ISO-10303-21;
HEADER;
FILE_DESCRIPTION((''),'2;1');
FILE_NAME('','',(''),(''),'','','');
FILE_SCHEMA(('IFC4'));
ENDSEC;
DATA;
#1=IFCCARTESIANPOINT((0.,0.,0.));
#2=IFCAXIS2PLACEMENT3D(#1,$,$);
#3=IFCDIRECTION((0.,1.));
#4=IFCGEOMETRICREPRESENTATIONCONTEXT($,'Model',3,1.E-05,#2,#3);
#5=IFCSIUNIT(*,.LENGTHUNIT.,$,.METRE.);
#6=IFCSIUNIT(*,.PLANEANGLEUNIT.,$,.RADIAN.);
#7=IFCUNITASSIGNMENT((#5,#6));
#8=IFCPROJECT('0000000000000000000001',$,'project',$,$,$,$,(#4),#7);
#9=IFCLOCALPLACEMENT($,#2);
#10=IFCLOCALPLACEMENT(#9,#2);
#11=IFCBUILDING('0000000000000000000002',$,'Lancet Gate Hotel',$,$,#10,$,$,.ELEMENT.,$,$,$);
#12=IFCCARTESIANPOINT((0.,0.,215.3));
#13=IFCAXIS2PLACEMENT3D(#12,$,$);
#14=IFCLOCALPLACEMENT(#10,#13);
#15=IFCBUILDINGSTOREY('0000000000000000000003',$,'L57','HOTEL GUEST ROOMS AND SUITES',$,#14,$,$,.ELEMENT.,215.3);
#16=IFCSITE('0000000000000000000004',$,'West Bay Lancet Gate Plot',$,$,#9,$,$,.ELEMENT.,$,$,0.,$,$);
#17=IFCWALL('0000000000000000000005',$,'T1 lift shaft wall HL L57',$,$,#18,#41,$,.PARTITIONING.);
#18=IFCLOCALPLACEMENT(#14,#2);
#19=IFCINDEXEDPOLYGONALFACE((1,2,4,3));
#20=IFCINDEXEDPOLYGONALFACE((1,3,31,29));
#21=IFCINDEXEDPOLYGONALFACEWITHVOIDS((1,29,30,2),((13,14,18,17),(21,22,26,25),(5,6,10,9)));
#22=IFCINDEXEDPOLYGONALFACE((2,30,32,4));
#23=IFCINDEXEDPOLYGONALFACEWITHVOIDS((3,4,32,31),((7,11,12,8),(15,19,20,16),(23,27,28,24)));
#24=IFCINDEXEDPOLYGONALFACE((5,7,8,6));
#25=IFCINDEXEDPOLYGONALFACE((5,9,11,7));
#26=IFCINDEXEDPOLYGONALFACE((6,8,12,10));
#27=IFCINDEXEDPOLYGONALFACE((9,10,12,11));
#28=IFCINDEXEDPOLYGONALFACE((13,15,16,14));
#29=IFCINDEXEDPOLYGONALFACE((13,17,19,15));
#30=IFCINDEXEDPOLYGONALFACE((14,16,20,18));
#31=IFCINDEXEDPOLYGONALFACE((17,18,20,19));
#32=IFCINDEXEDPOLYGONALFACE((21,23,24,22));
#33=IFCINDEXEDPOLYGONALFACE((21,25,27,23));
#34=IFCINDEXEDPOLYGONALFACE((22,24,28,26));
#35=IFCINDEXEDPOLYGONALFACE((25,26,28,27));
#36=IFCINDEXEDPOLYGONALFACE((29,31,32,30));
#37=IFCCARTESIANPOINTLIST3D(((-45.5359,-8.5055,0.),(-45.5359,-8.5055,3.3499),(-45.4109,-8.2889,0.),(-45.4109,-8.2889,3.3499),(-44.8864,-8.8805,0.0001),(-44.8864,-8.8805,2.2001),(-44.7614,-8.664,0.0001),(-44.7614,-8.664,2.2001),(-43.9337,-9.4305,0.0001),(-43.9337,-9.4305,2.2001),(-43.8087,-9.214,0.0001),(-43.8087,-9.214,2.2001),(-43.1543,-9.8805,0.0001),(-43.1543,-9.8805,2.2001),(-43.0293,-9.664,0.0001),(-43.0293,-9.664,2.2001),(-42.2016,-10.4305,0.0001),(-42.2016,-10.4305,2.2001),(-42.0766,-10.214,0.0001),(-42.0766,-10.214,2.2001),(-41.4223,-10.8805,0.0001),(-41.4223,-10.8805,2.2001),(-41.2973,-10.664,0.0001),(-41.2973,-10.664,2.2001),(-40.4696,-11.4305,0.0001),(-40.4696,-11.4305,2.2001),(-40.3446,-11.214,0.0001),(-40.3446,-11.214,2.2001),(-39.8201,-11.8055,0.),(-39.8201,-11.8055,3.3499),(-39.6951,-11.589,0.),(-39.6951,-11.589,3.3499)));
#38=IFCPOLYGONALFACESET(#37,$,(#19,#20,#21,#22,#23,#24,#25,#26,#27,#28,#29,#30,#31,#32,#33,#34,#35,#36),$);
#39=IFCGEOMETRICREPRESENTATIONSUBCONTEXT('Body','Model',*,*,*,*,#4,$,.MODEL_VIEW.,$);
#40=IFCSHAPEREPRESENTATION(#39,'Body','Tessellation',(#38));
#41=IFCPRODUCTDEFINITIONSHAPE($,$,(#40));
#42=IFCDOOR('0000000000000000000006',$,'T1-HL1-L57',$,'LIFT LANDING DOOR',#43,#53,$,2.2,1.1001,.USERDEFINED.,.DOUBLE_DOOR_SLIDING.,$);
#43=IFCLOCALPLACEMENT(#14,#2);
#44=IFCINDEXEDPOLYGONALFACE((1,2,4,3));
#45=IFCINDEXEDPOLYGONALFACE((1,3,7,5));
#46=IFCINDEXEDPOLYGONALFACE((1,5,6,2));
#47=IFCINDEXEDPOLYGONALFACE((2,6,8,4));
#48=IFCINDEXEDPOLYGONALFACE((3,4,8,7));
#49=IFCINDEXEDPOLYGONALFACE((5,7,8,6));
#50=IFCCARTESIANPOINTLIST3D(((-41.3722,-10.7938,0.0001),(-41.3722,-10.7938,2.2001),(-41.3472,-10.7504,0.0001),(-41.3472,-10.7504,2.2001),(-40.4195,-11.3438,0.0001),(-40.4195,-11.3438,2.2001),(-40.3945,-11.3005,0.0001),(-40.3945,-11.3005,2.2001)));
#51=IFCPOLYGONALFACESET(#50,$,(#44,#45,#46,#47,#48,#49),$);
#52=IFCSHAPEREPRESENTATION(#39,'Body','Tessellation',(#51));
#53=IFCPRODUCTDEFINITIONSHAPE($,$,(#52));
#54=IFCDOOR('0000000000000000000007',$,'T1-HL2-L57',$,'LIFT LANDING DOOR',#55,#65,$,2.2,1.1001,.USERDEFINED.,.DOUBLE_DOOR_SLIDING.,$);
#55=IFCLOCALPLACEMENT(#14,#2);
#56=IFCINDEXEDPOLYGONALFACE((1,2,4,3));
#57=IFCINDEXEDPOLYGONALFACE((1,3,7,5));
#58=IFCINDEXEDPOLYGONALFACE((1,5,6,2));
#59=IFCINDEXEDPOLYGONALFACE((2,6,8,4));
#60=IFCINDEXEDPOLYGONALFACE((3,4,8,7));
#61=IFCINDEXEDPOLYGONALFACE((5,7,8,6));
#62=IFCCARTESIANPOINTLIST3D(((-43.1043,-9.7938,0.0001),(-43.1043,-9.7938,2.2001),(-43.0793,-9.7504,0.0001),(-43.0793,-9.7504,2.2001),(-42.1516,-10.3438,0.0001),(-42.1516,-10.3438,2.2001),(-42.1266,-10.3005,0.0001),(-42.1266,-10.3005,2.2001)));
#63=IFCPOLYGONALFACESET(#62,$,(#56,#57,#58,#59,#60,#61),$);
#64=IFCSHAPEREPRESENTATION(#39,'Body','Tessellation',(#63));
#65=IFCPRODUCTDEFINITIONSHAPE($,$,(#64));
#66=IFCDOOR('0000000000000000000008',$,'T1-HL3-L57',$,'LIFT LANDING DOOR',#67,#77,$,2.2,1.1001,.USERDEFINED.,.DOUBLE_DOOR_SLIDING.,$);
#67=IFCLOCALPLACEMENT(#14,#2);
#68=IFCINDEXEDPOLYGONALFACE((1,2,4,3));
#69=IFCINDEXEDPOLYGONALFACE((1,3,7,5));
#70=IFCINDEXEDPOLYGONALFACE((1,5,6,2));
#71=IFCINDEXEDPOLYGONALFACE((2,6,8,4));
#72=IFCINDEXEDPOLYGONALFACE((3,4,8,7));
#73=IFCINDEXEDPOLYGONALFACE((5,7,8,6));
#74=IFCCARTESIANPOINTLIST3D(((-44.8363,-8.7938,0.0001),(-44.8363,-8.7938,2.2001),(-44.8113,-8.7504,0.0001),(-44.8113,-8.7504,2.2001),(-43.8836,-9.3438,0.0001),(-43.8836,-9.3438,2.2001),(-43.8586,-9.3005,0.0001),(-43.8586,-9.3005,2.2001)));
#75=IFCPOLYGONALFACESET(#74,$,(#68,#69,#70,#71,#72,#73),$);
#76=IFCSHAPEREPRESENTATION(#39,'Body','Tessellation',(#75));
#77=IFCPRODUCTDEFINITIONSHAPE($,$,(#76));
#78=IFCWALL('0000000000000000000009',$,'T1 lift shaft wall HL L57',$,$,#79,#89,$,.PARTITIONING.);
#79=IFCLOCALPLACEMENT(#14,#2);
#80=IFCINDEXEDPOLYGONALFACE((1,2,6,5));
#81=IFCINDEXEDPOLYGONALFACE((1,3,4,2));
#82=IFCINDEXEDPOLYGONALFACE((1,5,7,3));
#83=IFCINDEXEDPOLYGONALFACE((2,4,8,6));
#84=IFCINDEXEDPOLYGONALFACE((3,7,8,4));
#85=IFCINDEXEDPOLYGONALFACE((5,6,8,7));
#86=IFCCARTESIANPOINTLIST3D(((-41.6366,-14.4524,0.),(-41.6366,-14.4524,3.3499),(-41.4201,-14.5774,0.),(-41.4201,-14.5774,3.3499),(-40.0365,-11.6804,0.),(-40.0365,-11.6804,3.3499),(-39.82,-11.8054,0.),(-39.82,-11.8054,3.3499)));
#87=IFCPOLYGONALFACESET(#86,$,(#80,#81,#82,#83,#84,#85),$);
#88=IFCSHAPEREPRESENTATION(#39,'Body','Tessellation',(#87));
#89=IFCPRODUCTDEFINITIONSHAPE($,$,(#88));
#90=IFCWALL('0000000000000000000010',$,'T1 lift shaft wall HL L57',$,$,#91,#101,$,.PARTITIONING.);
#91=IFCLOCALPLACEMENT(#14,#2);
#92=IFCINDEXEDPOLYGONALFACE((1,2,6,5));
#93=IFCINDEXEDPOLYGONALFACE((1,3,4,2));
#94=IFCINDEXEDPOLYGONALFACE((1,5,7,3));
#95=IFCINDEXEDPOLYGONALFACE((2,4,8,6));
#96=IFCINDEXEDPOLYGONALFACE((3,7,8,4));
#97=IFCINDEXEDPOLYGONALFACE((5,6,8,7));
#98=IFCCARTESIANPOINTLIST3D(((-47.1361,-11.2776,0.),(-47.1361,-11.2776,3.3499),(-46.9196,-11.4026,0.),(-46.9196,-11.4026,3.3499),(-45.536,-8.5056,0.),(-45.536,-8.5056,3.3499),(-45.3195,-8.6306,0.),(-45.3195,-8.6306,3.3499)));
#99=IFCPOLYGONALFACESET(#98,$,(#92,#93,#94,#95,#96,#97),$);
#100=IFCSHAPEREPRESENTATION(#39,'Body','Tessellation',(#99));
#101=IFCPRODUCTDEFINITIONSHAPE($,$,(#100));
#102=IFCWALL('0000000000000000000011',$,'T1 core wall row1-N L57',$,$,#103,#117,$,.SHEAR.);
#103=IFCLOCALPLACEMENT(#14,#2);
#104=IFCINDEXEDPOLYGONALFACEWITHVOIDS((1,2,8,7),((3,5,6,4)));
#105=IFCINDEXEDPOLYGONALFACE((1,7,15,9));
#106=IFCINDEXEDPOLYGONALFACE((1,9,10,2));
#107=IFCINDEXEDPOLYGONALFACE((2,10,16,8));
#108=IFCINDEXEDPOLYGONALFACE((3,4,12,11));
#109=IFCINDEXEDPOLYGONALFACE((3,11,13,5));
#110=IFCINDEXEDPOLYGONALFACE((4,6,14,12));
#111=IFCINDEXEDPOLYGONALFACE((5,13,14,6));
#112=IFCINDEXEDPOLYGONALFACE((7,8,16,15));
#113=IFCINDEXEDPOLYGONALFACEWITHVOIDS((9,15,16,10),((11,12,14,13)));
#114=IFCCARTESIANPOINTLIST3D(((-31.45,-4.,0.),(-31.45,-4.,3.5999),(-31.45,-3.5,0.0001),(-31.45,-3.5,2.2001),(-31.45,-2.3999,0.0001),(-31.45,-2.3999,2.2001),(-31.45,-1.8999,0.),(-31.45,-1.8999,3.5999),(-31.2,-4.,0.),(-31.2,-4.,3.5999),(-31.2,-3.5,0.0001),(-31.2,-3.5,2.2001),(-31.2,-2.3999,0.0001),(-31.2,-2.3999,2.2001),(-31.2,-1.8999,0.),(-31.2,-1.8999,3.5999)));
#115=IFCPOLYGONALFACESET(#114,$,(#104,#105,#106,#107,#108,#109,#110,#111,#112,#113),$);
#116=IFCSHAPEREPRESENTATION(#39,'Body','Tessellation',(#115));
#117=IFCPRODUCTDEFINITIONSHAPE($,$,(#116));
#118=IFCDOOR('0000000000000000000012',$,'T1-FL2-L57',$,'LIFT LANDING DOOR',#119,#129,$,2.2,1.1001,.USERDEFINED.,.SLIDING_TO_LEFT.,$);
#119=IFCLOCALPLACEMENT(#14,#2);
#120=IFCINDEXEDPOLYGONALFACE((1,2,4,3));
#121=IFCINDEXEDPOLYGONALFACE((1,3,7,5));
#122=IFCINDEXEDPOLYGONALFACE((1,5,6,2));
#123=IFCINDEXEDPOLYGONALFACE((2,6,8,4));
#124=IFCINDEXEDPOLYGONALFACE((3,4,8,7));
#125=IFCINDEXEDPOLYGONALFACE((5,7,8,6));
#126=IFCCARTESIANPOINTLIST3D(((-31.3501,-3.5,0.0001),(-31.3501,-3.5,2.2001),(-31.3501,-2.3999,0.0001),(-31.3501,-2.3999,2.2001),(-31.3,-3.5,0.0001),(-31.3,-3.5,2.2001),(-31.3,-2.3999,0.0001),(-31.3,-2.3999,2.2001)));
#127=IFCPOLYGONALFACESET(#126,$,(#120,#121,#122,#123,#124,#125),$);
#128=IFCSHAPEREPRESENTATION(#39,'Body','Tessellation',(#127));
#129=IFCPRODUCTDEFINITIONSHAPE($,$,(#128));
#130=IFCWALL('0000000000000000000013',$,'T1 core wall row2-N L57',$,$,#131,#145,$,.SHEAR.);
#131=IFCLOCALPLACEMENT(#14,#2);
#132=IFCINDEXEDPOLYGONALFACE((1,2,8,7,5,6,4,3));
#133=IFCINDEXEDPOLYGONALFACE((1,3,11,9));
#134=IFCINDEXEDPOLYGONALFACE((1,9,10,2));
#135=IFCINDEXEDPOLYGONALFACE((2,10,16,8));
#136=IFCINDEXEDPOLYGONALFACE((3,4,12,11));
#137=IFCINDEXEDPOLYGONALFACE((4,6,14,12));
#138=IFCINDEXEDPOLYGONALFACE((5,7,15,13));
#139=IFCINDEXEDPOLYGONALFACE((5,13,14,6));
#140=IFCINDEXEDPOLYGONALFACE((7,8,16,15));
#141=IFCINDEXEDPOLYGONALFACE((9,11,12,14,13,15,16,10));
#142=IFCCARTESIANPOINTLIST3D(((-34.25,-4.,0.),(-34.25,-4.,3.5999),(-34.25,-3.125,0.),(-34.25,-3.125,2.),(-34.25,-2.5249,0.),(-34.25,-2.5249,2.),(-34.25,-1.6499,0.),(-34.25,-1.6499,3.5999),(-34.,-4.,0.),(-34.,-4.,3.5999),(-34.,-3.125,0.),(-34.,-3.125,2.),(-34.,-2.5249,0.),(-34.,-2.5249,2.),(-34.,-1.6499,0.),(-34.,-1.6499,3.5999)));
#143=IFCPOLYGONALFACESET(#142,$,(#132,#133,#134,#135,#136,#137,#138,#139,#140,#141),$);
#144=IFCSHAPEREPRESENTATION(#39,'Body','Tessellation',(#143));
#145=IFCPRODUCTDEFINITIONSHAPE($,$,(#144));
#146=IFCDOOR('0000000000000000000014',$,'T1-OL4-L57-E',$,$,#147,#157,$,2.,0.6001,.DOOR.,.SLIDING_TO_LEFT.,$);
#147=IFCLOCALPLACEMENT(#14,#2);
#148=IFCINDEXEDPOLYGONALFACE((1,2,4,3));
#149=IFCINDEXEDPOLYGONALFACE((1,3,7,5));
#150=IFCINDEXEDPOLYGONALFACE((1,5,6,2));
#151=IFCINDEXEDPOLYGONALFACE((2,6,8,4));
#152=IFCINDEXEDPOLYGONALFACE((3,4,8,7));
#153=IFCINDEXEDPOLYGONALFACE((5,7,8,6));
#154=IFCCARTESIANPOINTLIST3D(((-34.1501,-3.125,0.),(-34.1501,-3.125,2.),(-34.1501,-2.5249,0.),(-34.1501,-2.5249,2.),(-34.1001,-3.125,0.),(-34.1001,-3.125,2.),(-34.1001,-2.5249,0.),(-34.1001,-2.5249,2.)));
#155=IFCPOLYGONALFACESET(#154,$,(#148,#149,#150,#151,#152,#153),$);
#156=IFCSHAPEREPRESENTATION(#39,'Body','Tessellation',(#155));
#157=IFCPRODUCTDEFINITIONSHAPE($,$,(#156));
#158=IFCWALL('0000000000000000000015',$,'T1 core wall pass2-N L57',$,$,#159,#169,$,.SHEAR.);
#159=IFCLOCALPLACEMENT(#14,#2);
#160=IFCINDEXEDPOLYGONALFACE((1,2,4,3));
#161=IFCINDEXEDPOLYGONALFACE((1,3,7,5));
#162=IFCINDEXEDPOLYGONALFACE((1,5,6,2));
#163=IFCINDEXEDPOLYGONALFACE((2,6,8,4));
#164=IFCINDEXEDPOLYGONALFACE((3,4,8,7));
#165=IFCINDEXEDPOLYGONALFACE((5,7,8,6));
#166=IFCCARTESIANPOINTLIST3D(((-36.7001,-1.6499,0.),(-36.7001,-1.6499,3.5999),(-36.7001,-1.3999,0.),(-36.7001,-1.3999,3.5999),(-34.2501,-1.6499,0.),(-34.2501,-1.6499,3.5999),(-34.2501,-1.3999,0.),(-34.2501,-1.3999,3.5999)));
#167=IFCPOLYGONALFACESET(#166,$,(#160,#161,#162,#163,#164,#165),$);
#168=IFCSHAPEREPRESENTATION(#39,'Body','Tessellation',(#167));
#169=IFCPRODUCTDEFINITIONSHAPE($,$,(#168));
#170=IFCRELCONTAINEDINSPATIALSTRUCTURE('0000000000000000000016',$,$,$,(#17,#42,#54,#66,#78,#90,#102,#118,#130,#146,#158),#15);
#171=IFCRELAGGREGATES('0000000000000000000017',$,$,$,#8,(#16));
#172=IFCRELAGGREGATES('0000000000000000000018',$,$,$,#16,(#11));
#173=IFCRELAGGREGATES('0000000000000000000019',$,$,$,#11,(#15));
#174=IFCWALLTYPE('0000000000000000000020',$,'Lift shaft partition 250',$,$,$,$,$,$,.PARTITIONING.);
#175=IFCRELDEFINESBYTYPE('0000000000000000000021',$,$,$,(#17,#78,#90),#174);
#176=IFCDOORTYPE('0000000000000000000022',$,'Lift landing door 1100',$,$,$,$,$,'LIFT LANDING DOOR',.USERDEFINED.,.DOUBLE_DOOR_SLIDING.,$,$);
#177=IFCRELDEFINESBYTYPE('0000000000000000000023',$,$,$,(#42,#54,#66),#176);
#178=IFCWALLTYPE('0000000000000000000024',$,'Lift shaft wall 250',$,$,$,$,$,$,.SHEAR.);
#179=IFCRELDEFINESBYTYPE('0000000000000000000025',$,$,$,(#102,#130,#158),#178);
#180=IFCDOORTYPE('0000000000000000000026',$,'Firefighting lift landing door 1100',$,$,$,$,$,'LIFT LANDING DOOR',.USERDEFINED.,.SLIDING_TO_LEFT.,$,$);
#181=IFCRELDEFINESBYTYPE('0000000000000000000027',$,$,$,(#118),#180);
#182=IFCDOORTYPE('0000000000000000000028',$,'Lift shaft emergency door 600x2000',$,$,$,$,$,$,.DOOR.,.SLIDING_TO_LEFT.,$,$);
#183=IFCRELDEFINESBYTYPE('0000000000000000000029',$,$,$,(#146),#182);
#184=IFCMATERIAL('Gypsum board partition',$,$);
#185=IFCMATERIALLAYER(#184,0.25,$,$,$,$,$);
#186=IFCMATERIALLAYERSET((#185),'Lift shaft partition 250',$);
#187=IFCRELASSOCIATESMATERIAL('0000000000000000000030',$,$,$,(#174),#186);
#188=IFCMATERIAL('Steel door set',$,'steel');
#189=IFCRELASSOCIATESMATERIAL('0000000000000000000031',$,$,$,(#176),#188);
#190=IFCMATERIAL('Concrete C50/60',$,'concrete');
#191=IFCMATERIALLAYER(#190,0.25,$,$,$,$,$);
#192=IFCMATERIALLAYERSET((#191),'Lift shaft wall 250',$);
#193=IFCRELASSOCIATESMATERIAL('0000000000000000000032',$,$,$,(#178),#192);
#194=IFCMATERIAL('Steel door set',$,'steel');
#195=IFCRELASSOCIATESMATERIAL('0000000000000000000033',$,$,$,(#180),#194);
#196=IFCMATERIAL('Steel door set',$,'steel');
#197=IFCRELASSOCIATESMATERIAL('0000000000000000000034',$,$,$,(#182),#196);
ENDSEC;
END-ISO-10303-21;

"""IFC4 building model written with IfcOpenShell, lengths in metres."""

from ifc_helpers import new_model, si_unit, direction, frame, frame_2d, origin, place, context, subcontext, project, spatial, rectangle, extrude, material, layer, layer_set, type_object, element, fill, save


model = new_model("IFC4")

# Units and contexts
model_context = context("Model", 3, precision=1e-05, world=origin(), true_north=direction((0.0, 1.0)))
body_context = subcontext(model_context, "Body", "Model", "MODEL_VIEW")
ifc_project = project(units=[si_unit("LENGTHUNIT", "METRE"), si_unit("PLANEANGLEUNIT", "RADIAN")], contexts=[model_context])

# Site, building, storey
site_placement = place(None, origin())
site = spatial("IfcSite", under=ifc_project, at=site_placement, Name="West Bay Lancet Gate Plot", CompositionType="ELEMENT", RefElevation=0.0)
building_placement = place(site_placement, origin())
building = spatial("IfcBuilding", under=site, at=building_placement, Name="Lancet Gate Hotel", CompositionType="ELEMENT")
storey_placement = place(building_placement, frame((0.0, 0.0, 215.3)))
storey = spatial("IfcBuildingStorey", under=building, at=storey_placement, Name="L57", Description="HOTEL GUEST ROOMS AND SUITES", CompositionType="ELEMENT", Elevation=215.3)

# Wall, openings, doors
ifc_material_1 = material(Name="Gypsum board partition")
ifc_layer_1 = layer(ifc_material_1, 0.25)
ifc_layer_set_1 = layer_set([ifc_layer_1], Name="Lift shaft partition 250")
wall_type_1 = type_object("IfcWallType", Name="Lift shaft partition 250", PredefinedType="PARTITIONING", material=ifc_layer_set_1)
wall_1_placement = place(storey_placement, frame((-39.7576, -11.6973, 0.0), z_axis=(0.0, 0.0, 1.0), x_axis=(-0.866024, 0.500002, 0.0)))
wall_1 = element("IfcWall", 1, at=wall_1_placement, inside=storey, type_object=wall_type_1, Name="T1 lift shaft wall HL L57", PredefinedType="PARTITIONING", context=body_context, shape_type="SweptSolid", body=[
    extrude(rectangle(XDim=6.6001, YDim=0.25, at=frame_2d((3.3, 0.0))), origin(), (0.0, 0.0, 1.0), 3.3499),
])
opening_1_placement = place(wall_1_placement, frame((0.75, 0.0, 0.0)))
opening_1 = element("IfcOpeningElement", 2, at=opening_1_placement, cuts=wall_1, PredefinedType="OPENING", context=body_context, shape_type="SweptSolid", body=[
    extrude(rectangle(XDim=1.1001, YDim=2.2, at=frame_2d((0.55, 1.1001))), frame((0.0, 0.135, 0.0), z_axis=(0.0, -1.0, 0.0), x_axis=(1.0, 0.0, 0.0)), (0.0, 0.0, 1.0), 0.27),
])
opening_2_placement = place(wall_1_placement, frame((2.75, 0.0, 0.0)))
opening_2 = element("IfcOpeningElement", 3, at=opening_2_placement, cuts=wall_1, PredefinedType="OPENING", context=body_context, shape_type="SweptSolid", body=[
    extrude(rectangle(XDim=1.1001, YDim=2.2, at=frame_2d((0.55, 1.1001))), frame((0.0, 0.135, 0.0), z_axis=(0.0, -1.0, 0.0), x_axis=(1.0, 0.0, 0.0)), (0.0, 0.0, 1.0), 0.27),
])
opening_3_placement = place(wall_1_placement, frame((4.75, 0.0, 0.0)))
opening_3 = element("IfcOpeningElement", 4, at=opening_3_placement, cuts=wall_1, PredefinedType="OPENING", context=body_context, shape_type="SweptSolid", body=[
    extrude(rectangle(XDim=1.1001, YDim=2.2, at=frame_2d((0.55, 1.1001))), frame((0.0, 0.135, 0.0), z_axis=(0.0, -1.0, 0.0), x_axis=(1.0, 0.0, 0.0)), (0.0, 0.0, 1.0), 0.27),
])
ifc_material_2 = material(Name="Steel door set", Category="steel")
door_type_1 = type_object("IfcDoorType", Name="Lift landing door 1100", ElementType="LIFT LANDING DOOR", OperationType="DOUBLE_DOOR_SLIDING", PredefinedType="USERDEFINED", material=ifc_material_2)
door_1_placement = place(opening_1_placement, origin())
door_1 = element("IfcDoor", 5, at=door_1_placement, inside=storey, type_object=door_type_1, Name="T1-HL1-L57", ObjectType="LIFT LANDING DOOR", OperationType="DOUBLE_DOOR_SLIDING", OverallHeight=2.2, OverallWidth=1.1001, PredefinedType="USERDEFINED", context=body_context, shape_type="SweptSolid", body=[
    extrude(rectangle(XDim=1.1001, YDim=2.2, at=frame_2d((0.55, 1.1001))), frame((0.0, 0.0249, 0.0), z_axis=(0.0, -1.0, 0.0), x_axis=(1.0, 0.0, 0.0)), (0.0, 0.0, 1.0), 0.05),
])
fill(opening_1, door_1)
door_2_placement = place(opening_2_placement, origin())
door_2 = element("IfcDoor", 6, at=door_2_placement, inside=storey, type_object=door_type_1, Name="T1-HL2-L57", ObjectType="LIFT LANDING DOOR", OperationType="DOUBLE_DOOR_SLIDING", OverallHeight=2.2, OverallWidth=1.1001, PredefinedType="USERDEFINED", context=body_context, shape_type="SweptSolid", body=[
    extrude(rectangle(XDim=1.1001, YDim=2.2, at=frame_2d((0.55, 1.1001))), frame((0.0, 0.0249, 0.0), z_axis=(0.0, -1.0, 0.0), x_axis=(1.0, 0.0, 0.0)), (0.0, 0.0, 1.0), 0.05),
])
fill(opening_2, door_2)
door_3_placement = place(opening_3_placement, origin())
door_3 = element("IfcDoor", 7, at=door_3_placement, inside=storey, type_object=door_type_1, Name="T1-HL3-L57", ObjectType="LIFT LANDING DOOR", OperationType="DOUBLE_DOOR_SLIDING", OverallHeight=2.2, OverallWidth=1.1001, PredefinedType="USERDEFINED", context=body_context, shape_type="SweptSolid", body=[
    extrude(rectangle(XDim=1.1001, YDim=2.2, at=frame_2d((0.55, 1.1001))), frame((0.0, 0.0249, 0.0), z_axis=(0.0, -1.0, 0.0), x_axis=(1.0, 0.0, 0.0)), (0.0, 0.0, 1.0), 0.05),
])
fill(opening_3, door_3)

# Walls
for number, where, z_axis, x_axis, name in (
    (8, (-39.9282, -11.7429, 0.0), (0.0, 0.0, 1.0), (-0.499929, -0.866066, 0.0), "T1 lift shaft wall HL L57"),
    (9, (-45.4277, -8.5681, 0.0), (0.0, 0.0, 1.0), (-0.499929, -0.866066, 0.0), "T1 lift shaft wall HL L57"),
):
    element("IfcWall", number, at=place(storey_placement, frame(where, z_axis=z_axis, x_axis=x_axis)), inside=storey, type_object=wall_type_1, Name=name, PredefinedType="PARTITIONING", context=body_context, shape_type="SweptSolid", body=[
        extrude(rectangle(XDim=3.2007, YDim=0.25, at=frame_2d((1.6003, 0.0))), origin(), (0.0, 0.0, 1.0), 3.3499),
    ])

# Walls, openings, doors
ifc_material_3 = material(Name="Concrete C50/60", Category="concrete")
ifc_layer_2 = layer(ifc_material_3, 0.25)
ifc_layer_set_2 = layer_set([ifc_layer_2], Name="Lift shaft wall 250")
wall_type_2 = type_object("IfcWallType", Name="Lift shaft wall 250", PredefinedType="SHEAR", material=ifc_layer_set_2)
wall_2_placement = place(storey_placement, frame((-31.325, -1.8999, 0.0), z_axis=(0.0, 0.0, 1.0), x_axis=(0.0, -1.0, 0.0)))
wall_2 = element("IfcWall", 10, at=wall_2_placement, inside=storey, type_object=wall_type_2, Name="T1 core wall row1-N L57", PredefinedType="SHEAR", context=body_context, shape_type="SweptSolid", body=[
    extrude(rectangle(XDim=2.1001, YDim=0.25, at=frame_2d((1.05, 0.0))), origin(), (0.0, 0.0, 1.0), 3.5999),
])
opening_4_placement = place(wall_2_placement, frame((0.5, 0.0, 0.0)))
opening_4 = element("IfcOpeningElement", 11, at=opening_4_placement, cuts=wall_2, PredefinedType="OPENING", context=body_context, shape_type="SweptSolid", body=[
    extrude(rectangle(XDim=1.1001, YDim=2.2, at=frame_2d((0.55, 1.1001))), frame((0.0, 0.135, 0.0), z_axis=(0.0, -1.0, 0.0), x_axis=(1.0, 0.0, 0.0)), (0.0, 0.0, 1.0), 0.27),
])
ifc_material_4 = material(Name="Steel door set", Category="steel")
door_type_2 = type_object("IfcDoorType", Name="Firefighting lift landing door 1100", ElementType="LIFT LANDING DOOR", OperationType="SLIDING_TO_LEFT", PredefinedType="USERDEFINED", material=ifc_material_4)
door_4_placement = place(opening_4_placement, origin())
door_4 = element("IfcDoor", 12, at=door_4_placement, inside=storey, type_object=door_type_2, Name="T1-FL2-L57", ObjectType="LIFT LANDING DOOR", OperationType="SLIDING_TO_LEFT", OverallHeight=2.2, OverallWidth=1.1001, PredefinedType="USERDEFINED", context=body_context, shape_type="SweptSolid", body=[
    extrude(rectangle(XDim=1.1001, YDim=2.2, at=frame_2d((0.55, 1.1001))), frame((0.0, 0.0249, 0.0), z_axis=(0.0, -1.0, 0.0), x_axis=(1.0, 0.0, 0.0)), (0.0, 0.0, 1.0), 0.05),
])
fill(opening_4, door_4)
wall_3_placement = place(storey_placement, frame((-34.125, -1.6499, 0.0), z_axis=(0.0, 0.0, 1.0), x_axis=(0.0, -1.0, 0.0)))
wall_3 = element("IfcWall", 13, at=wall_3_placement, inside=storey, type_object=wall_type_2, Name="T1 core wall row2-N L57", PredefinedType="SHEAR", context=body_context, shape_type="SweptSolid", body=[
    extrude(rectangle(XDim=2.3501, YDim=0.25, at=frame_2d((1.175, 0.0))), origin(), (0.0, 0.0, 1.0), 3.5999),
])
opening_5_placement = place(wall_3_placement, frame((0.875, 0.0, 0.0)))
opening_5 = element("IfcOpeningElement", 14, at=opening_5_placement, cuts=wall_3, PredefinedType="OPENING", context=body_context, shape_type="SweptSolid", body=[
    extrude(rectangle(XDim=0.6001, YDim=2.0, at=frame_2d((0.3, 1.0))), frame((0.0, 0.135, 0.0), z_axis=(0.0, -1.0, 0.0), x_axis=(1.0, 0.0, 0.0)), (0.0, 0.0, 1.0), 0.27),
])
ifc_material_5 = material(Name="Steel door set", Category="steel")
door_type_3 = type_object("IfcDoorType", Name="Lift shaft emergency door 600x2000", OperationType="SLIDING_TO_LEFT", PredefinedType="DOOR", material=ifc_material_5)
door_5_placement = place(opening_5_placement, origin())
door_5 = element("IfcDoor", 15, at=door_5_placement, inside=storey, type_object=door_type_3, Name="T1-OL4-L57-E", OperationType="SLIDING_TO_LEFT", OverallHeight=2.0, OverallWidth=0.6001, PredefinedType="DOOR", context=body_context, shape_type="SweptSolid", body=[
    extrude(rectangle(XDim=0.6001, YDim=2.0, at=frame_2d((0.3, 1.0))), frame((0.0, 0.0249, 0.0), z_axis=(0.0, -1.0, 0.0), x_axis=(1.0, 0.0, 0.0)), (0.0, 0.0, 1.0), 0.05),
])
fill(opening_5, door_5)

# Wall
wall_4_placement = place(storey_placement, frame((-34.25, -1.5249, 0.0), z_axis=(0.0, 0.0, 1.0), x_axis=(-1.0, 0.0, 0.0)))
element("IfcWall", 16, at=wall_4_placement, inside=storey, type_object=wall_type_2, Name="T1 core wall pass2-N L57", PredefinedType="SHEAR", context=body_context, shape_type="SweptSolid", body=[
    extrude(rectangle(XDim=2.45, YDim=0.25, at=frame_2d((1.2251, 0.0))), origin(), (0.0, 0.0, 1.0), 3.5999),
])

save(model, "model.ifc")
